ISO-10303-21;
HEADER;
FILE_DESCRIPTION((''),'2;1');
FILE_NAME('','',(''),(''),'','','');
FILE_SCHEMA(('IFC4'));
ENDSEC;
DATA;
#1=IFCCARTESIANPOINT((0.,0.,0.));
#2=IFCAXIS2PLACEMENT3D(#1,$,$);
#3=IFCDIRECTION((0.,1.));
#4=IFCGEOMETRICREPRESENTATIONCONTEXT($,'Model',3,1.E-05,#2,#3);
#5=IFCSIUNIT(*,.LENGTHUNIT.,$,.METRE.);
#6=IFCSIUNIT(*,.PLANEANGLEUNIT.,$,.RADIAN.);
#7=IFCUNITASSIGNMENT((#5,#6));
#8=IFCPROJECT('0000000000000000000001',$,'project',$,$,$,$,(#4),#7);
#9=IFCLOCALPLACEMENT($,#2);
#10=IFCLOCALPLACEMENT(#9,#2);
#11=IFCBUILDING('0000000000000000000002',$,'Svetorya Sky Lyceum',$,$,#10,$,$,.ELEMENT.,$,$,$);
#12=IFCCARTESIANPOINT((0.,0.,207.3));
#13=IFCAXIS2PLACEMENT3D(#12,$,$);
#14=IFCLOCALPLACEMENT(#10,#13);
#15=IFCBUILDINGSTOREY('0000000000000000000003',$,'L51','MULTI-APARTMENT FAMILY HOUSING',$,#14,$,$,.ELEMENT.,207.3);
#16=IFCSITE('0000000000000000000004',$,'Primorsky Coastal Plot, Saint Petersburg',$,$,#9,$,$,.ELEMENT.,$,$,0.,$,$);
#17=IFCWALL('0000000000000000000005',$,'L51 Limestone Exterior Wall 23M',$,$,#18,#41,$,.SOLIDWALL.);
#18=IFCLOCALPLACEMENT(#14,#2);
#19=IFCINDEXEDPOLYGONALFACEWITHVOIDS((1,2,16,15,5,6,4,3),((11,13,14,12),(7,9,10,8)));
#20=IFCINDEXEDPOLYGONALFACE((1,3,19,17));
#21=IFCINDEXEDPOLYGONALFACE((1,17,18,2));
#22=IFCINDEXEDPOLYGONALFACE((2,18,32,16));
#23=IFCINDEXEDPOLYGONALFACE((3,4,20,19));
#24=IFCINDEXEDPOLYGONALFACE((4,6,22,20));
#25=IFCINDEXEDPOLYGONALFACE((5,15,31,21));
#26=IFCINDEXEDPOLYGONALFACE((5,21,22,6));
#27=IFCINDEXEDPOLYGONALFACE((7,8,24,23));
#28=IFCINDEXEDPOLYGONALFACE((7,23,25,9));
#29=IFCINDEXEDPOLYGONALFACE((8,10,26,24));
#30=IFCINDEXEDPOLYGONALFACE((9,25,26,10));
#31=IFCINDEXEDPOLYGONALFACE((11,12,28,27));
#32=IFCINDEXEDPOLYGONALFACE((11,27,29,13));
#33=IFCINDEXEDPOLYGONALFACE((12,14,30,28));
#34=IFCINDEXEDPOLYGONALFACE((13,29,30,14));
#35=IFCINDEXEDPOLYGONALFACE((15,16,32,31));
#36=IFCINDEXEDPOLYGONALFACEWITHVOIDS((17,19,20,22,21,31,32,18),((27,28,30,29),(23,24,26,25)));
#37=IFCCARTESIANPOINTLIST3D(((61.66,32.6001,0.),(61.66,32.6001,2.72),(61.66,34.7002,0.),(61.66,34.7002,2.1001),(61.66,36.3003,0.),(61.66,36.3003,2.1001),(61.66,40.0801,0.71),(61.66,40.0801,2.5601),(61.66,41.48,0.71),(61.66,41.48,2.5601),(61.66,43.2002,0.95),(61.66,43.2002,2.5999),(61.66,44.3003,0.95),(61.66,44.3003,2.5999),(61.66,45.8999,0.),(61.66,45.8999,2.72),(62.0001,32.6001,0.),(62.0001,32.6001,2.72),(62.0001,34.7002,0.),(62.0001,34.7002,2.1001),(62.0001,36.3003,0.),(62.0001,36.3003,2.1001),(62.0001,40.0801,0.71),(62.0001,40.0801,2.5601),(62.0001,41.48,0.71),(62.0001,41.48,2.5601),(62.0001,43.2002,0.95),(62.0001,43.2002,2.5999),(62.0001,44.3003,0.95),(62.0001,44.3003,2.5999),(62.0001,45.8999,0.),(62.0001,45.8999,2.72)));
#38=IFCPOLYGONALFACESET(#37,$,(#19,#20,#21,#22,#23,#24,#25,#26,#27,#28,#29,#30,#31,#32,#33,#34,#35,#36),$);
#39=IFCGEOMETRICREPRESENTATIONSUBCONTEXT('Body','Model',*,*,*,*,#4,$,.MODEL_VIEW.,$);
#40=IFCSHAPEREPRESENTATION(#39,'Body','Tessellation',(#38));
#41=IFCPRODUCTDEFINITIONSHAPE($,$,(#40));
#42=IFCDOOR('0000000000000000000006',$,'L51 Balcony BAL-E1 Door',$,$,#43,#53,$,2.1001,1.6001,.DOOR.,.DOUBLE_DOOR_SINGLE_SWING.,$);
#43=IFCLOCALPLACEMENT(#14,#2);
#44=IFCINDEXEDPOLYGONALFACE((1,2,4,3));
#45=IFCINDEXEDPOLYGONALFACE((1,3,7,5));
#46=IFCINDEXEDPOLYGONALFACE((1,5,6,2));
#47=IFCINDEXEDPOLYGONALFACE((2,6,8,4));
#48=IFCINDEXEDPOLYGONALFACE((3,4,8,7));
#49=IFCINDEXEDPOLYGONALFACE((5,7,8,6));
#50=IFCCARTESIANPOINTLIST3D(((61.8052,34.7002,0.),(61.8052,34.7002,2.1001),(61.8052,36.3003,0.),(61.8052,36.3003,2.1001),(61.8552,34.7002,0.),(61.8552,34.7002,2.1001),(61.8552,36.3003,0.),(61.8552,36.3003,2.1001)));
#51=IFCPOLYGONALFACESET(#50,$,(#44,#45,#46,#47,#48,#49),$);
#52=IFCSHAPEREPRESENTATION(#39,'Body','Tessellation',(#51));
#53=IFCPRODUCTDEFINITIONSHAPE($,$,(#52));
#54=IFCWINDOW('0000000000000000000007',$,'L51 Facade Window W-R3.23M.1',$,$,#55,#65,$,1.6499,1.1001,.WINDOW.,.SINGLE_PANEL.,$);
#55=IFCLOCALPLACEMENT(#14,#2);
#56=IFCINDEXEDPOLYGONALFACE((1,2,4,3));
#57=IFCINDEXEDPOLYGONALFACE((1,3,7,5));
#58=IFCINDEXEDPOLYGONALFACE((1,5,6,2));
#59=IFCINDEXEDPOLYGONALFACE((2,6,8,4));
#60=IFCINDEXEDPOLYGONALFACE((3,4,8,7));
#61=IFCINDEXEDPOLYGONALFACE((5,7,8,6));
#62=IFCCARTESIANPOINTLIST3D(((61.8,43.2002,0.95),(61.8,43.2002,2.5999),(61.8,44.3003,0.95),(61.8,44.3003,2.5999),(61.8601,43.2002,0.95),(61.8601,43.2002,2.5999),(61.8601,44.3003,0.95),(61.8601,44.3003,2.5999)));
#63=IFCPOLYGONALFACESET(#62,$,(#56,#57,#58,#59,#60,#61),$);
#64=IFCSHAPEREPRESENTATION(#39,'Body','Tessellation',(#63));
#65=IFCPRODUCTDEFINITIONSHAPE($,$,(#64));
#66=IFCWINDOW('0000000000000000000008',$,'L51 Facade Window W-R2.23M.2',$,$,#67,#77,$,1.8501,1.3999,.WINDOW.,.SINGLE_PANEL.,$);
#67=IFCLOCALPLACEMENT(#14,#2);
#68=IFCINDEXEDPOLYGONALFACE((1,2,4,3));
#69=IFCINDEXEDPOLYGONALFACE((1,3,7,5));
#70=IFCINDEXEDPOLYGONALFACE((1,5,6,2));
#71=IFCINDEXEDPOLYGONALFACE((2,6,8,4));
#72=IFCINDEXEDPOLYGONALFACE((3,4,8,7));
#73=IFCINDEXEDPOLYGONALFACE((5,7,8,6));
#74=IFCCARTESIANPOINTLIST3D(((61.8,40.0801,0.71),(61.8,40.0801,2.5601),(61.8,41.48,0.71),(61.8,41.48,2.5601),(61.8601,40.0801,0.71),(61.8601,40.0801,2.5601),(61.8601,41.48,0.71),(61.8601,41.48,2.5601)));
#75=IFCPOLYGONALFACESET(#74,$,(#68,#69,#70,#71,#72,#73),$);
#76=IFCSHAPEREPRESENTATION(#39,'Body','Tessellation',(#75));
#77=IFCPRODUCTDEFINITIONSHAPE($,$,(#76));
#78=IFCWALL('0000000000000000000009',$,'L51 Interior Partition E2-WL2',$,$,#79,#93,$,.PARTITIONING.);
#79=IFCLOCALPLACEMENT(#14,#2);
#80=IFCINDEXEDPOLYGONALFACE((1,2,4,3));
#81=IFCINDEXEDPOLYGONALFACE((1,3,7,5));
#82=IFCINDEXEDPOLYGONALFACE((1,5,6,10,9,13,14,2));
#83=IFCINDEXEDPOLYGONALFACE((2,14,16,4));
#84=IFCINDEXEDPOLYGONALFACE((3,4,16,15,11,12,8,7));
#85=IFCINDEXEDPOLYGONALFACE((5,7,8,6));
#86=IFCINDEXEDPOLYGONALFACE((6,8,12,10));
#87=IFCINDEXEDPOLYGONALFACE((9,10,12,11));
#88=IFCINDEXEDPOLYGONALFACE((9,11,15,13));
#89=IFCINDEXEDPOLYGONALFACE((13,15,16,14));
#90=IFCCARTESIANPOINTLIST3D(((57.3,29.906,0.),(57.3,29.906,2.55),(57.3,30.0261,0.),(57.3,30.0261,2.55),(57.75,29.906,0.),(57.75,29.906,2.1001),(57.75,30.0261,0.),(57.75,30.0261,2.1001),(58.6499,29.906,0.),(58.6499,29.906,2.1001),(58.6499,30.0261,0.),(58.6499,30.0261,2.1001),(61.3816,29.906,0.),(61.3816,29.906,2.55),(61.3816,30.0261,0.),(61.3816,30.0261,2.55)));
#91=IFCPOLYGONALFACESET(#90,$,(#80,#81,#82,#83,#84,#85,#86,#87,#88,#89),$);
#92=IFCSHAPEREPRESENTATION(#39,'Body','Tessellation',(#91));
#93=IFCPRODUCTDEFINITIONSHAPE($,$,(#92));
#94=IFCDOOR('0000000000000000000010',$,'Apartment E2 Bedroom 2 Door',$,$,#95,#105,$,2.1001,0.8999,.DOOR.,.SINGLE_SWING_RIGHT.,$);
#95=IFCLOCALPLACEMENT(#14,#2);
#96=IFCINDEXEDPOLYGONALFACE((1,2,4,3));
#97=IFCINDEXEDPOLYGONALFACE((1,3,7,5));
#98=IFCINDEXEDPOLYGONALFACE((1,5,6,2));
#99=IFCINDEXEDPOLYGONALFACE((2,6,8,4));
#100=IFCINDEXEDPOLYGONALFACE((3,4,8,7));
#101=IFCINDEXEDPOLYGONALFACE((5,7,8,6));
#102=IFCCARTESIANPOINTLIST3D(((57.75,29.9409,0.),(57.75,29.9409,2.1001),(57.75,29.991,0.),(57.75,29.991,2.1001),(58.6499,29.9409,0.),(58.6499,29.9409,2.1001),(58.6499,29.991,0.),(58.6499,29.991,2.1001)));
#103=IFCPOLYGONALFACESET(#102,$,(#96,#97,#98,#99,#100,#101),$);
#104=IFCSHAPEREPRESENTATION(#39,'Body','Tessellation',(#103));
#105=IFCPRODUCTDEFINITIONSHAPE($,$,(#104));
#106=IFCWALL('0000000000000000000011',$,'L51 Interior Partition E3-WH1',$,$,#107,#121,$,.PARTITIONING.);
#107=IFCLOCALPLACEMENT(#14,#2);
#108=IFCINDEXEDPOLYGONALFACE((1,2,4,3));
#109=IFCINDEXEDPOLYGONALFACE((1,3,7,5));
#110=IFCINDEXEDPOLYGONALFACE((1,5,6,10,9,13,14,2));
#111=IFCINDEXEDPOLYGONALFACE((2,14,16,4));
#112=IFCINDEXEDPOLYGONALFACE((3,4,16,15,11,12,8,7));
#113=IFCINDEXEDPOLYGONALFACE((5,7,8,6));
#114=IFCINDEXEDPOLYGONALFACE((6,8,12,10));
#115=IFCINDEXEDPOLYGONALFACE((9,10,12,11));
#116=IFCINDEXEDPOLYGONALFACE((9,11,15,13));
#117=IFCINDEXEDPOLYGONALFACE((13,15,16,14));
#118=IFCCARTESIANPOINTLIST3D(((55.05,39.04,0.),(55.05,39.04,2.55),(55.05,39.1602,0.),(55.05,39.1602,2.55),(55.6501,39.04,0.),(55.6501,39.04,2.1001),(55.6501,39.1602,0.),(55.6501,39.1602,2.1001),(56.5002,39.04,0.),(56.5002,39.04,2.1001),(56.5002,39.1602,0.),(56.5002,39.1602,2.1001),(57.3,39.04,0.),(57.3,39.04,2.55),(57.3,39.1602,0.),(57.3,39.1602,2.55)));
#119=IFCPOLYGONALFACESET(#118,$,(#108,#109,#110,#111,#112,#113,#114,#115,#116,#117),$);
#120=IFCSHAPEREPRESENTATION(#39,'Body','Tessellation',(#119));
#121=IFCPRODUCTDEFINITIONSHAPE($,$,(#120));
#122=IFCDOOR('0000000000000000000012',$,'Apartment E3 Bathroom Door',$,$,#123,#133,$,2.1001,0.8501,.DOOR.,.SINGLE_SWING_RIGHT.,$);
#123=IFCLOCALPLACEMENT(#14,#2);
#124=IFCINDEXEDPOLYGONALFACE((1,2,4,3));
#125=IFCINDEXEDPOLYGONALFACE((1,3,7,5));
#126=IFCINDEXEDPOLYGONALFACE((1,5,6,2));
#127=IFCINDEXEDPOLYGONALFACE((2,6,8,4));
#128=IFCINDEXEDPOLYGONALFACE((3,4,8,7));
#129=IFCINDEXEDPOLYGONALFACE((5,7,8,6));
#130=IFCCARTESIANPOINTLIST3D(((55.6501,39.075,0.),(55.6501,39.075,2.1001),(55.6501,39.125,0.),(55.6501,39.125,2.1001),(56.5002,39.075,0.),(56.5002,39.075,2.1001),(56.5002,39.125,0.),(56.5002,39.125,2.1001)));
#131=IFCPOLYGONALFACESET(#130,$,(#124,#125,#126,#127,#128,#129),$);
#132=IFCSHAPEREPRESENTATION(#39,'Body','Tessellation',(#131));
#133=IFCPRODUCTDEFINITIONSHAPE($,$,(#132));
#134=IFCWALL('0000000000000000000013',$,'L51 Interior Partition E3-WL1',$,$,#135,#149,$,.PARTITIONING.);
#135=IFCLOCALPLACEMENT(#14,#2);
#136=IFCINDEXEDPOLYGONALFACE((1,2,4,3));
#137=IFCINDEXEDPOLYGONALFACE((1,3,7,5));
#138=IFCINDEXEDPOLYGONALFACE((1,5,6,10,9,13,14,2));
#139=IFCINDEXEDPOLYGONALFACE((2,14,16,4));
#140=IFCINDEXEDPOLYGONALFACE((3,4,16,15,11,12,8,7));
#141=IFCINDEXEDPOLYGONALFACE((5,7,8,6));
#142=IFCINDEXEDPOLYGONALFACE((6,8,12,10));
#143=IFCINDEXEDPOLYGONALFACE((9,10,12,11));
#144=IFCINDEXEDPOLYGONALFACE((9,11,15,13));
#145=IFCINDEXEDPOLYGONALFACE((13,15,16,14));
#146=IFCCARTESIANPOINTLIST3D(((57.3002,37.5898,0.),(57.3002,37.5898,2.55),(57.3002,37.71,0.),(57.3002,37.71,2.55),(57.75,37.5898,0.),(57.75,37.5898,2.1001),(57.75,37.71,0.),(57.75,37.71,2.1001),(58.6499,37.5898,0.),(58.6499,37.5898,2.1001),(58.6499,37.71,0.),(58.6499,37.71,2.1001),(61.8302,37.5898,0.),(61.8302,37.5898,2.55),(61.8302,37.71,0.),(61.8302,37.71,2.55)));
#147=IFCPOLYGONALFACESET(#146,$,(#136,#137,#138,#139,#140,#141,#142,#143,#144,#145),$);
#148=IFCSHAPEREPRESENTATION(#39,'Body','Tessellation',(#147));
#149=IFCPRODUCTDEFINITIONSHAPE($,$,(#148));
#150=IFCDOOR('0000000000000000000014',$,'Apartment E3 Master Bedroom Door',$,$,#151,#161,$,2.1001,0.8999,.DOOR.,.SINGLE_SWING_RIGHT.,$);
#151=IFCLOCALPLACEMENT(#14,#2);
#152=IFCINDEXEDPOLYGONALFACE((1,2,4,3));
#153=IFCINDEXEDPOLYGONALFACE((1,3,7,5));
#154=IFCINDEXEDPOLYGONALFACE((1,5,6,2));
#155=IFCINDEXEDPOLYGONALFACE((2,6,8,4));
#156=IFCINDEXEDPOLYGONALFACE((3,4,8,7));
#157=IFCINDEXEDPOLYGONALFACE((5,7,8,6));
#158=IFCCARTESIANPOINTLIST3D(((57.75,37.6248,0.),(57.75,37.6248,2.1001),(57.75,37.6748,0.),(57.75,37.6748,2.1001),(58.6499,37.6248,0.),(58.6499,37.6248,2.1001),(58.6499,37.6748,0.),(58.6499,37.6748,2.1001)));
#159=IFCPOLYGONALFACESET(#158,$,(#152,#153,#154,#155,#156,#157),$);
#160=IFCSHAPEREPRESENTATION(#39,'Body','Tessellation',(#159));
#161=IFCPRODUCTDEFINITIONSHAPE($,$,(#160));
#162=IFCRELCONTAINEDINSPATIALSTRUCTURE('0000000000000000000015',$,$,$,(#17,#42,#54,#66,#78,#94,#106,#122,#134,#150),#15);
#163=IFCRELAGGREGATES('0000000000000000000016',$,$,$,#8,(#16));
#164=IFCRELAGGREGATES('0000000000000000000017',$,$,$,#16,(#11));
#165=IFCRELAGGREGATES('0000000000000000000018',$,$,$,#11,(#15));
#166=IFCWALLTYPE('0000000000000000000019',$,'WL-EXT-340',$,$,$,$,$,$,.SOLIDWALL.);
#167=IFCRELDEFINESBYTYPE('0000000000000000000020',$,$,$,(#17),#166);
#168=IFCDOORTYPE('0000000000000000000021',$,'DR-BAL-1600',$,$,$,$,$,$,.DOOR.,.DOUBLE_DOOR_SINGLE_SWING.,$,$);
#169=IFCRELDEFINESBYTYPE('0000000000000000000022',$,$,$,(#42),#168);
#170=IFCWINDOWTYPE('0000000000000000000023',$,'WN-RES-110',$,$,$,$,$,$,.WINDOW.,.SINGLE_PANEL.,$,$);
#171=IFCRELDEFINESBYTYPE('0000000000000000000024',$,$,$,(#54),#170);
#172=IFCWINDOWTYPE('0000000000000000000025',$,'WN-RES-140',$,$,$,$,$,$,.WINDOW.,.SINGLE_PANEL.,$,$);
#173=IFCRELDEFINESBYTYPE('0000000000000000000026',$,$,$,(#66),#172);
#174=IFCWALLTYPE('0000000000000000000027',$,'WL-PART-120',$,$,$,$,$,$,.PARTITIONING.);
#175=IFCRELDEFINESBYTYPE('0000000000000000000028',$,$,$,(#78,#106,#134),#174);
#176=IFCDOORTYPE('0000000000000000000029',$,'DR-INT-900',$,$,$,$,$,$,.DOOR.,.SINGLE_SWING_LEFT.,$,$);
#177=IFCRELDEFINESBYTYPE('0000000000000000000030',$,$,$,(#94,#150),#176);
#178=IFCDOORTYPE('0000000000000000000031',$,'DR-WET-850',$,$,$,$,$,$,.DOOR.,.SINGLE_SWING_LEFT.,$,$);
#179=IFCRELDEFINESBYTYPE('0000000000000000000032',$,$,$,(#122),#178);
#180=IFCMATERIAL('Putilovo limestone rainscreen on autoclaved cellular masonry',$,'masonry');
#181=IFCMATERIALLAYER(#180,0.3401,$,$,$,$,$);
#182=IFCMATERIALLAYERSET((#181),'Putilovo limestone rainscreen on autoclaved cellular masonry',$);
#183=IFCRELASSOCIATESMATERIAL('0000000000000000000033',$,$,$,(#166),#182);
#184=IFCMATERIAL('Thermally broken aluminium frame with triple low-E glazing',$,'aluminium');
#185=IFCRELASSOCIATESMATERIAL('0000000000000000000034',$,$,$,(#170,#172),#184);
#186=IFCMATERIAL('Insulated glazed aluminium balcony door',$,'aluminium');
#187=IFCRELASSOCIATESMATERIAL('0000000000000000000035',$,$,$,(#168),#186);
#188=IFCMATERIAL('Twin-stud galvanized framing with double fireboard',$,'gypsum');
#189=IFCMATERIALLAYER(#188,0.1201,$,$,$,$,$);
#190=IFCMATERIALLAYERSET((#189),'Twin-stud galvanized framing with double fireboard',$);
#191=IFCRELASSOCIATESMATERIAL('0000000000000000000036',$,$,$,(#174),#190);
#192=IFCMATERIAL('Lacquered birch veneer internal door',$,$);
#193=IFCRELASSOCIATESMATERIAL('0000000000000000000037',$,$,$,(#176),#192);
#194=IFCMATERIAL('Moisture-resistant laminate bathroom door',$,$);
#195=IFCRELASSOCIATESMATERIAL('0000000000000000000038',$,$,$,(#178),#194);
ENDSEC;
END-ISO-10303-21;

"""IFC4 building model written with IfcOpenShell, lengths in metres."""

from ifc_helpers import new_model, si_unit, direction, frame, frame_2d, origin, place, context, subcontext, project, spatial, rectangle, extrude, material, layer, layer_set, type_object, element, fill, save


model = new_model("IFC4")

# Units and contexts
model_context = context("Model", 3, precision=1e-05, world=origin(), true_north=direction((0.0, 1.0)))
body_context = subcontext(model_context, "Body", "Model", "MODEL_VIEW")
ifc_project = project(units=[si_unit("LENGTHUNIT", "METRE"), si_unit("PLANEANGLEUNIT", "RADIAN")], contexts=[model_context])

# Site, building, storey
site_placement = place(None, origin())
site = spatial("IfcSite", under=ifc_project, at=site_placement, Name="Primorsky Coastal Plot, Saint Petersburg", CompositionType="ELEMENT", RefElevation=0.0)
building_placement = place(site_placement, origin())
building = spatial("IfcBuilding", under=site, at=building_placement, Name="Svetorya Sky Lyceum", CompositionType="ELEMENT")
storey_placement = place(building_placement, frame((0.0, 0.0, 207.3)))
storey = spatial("IfcBuildingStorey", under=building, at=storey_placement, Name="L51", Description="MULTI-APARTMENT FAMILY HOUSING", CompositionType="ELEMENT", Elevation=207.3)

# Shared definitions
ifc_material_1 = material(Name="Putilovo limestone rainscreen on autoclaved cellular masonry", Category="masonry")
ifc_layer_1 = layer(ifc_material_1, 0.3401)
ifc_layer_set_1 = layer_set([ifc_layer_1], Name="Putilovo limestone rainscreen on autoclaved cellular masonry")
wall_type_1 = type_object("IfcWallType", Name="WL-EXT-340", PredefinedType="SOLIDWALL", material=ifc_layer_set_1)

# Shared definitions
ifc_material_2 = material(Name="Thermally broken aluminium frame with triple low-E glazing", Category="aluminium")
window_type_1 = type_object("IfcWindowType", Name="WN-RES-110", PartitioningType="SINGLE_PANEL", PredefinedType="WINDOW", material=ifc_material_2)

# Wall, openings, door, windows
wall_1_placement = place(storey_placement, frame((61.8301, 32.6001, 0.0), z_axis=(0.0, 0.0, 1.0), x_axis=(0.0, 1.0, 0.0)))
wall_1 = element("IfcWall", 1, at=wall_1_placement, inside=storey, type_object=wall_type_1, Name="L51 Limestone Exterior Wall 23M", PredefinedType="SOLIDWALL", context=body_context, shape_type="SweptSolid", body=[
    extrude(rectangle(XDim=13.2998, YDim=0.3401, at=frame_2d((6.6499, 0.0))), origin(), (0.0, 0.0, 1.0), 2.72),
])
opening_1_placement = place(wall_1_placement, frame((2.1001, 0.0, 0.0)))
opening_1 = element("IfcOpeningElement", 2, at=opening_1_placement, cuts=wall_1, PredefinedType="OPENING", context=body_context, shape_type="SweptSolid", body=[
    extrude(rectangle(XDim=1.6001, YDim=2.1001, at=frame_2d((0.8, 1.05))), frame((0.0, 0.1799, 0.0), z_axis=(0.0, -1.0, 0.0), x_axis=(1.0, 0.0, 0.0)), (0.0, 0.0, 1.0), 0.3601),
])
opening_2_placement = place(wall_1_placement, frame((7.48, 0.0, 0.71)))
opening_2 = element("IfcOpeningElement", 3, at=opening_2_placement, cuts=wall_1, PredefinedType="OPENING", context=body_context, shape_type="SweptSolid", body=[
    extrude(rectangle(XDim=1.3999, YDim=1.8501, at=frame_2d((0.7, 0.925))), frame((0.0, 0.1799, 0.0), z_axis=(0.0, -1.0, 0.0), x_axis=(1.0, 0.0, 0.0)), (0.0, 0.0, 1.0), 0.3601),
])
opening_3_placement = place(wall_1_placement, frame((10.6001, 0.0, 0.95)))
opening_3 = element("IfcOpeningElement", 4, at=opening_3_placement, cuts=wall_1, PredefinedType="OPENING", context=body_context, shape_type="SweptSolid", body=[
    extrude(rectangle(XDim=1.1001, YDim=1.6499, at=frame_2d((0.55, 0.825))), frame((0.0, 0.1799, 0.0), z_axis=(0.0, -1.0, 0.0), x_axis=(1.0, 0.0, 0.0)), (0.0, 0.0, 1.0), 0.3601),
])
ifc_material_3 = material(Name="Insulated glazed aluminium balcony door", Category="aluminium")
door_type_1 = type_object("IfcDoorType", Name="DR-BAL-1600", OperationType="DOUBLE_DOOR_SINGLE_SWING", PredefinedType="DOOR", material=ifc_material_3)
door_1_placement = place(opening_1_placement, origin())
door_1 = element("IfcDoor", 5, at=door_1_placement, inside=storey, type_object=door_type_1, Name="L51 Balcony BAL-E1 Door", OperationType="DOUBLE_DOOR_SINGLE_SWING", OverallHeight=2.1001, OverallWidth=1.6001, PredefinedType="DOOR", context=body_context, shape_type="SweptSolid", body=[
    extrude(rectangle(XDim=1.6001, YDim=2.1001, at=frame_2d((0.8, 1.05))), frame((0.0, 0.0249, 0.0), z_axis=(0.0, -1.0, 0.0), x_axis=(1.0, 0.0, 0.0)), (0.0, 0.0, 1.0), 0.05),
])
fill(opening_1, door_1)
window_1_placement = place(opening_3_placement, origin())
window_1 = element("IfcWindow", 6, at=window_1_placement, inside=storey, type_object=window_type_1, Name="L51 Facade Window W-R3.23M.1", OverallHeight=1.6499, OverallWidth=1.1001, PartitioningType="SINGLE_PANEL", PredefinedType="WINDOW", context=body_context, shape_type="SweptSolid", body=[
    extrude(rectangle(XDim=1.1001, YDim=1.6499, at=frame_2d((0.55, 0.825))), frame((0.0, 0.03, 0.0), z_axis=(0.0, -1.0, 0.0), x_axis=(1.0, 0.0, 0.0)), (0.0, 0.0, 1.0), 0.0601),
])
fill(opening_3, window_1)
window_type_2 = type_object("IfcWindowType", Name="WN-RES-140", PartitioningType="SINGLE_PANEL", PredefinedType="WINDOW", material=ifc_material_2)
window_2_placement = place(opening_2_placement, origin())
window_2 = element("IfcWindow", 7, at=window_2_placement, inside=storey, type_object=window_type_2, Name="L51 Facade Window W-R2.23M.2", OverallHeight=1.8501, OverallWidth=1.3999, PartitioningType="SINGLE_PANEL", PredefinedType="WINDOW", context=body_context, shape_type="SweptSolid", body=[
    extrude(rectangle(XDim=1.3999, YDim=1.8501, at=frame_2d((0.7, 0.925))), frame((0.0, 0.03, 0.0), z_axis=(0.0, -1.0, 0.0), x_axis=(1.0, 0.0, 0.0)), (0.0, 0.0, 1.0), 0.0601),
])
fill(opening_2, window_2)

# Walls, openings, doors
ifc_material_4 = material(Name="Twin-stud galvanized framing with double fireboard", Category="gypsum")
ifc_layer_2 = layer(ifc_material_4, 0.1201)
ifc_layer_set_2 = layer_set([ifc_layer_2], Name="Twin-stud galvanized framing with double fireboard")
wall_type_2 = type_object("IfcWallType", Name="WL-PART-120", PredefinedType="PARTITIONING", material=ifc_layer_set_2)
wall_2_placement = place(storey_placement, frame((57.3, 29.9661, 0.0), z_axis=(0.0, 0.0, 1.0), x_axis=(1.0, 0.0, 0.0)))
wall_2 = element("IfcWall", 8, at=wall_2_placement, inside=storey, type_object=wall_type_2, Name="L51 Interior Partition E2-WL2", PredefinedType="PARTITIONING", context=body_context, shape_type="SweptSolid", body=[
    extrude(rectangle(XDim=4.0815, YDim=0.1201, at=frame_2d((2.0408, 0.0))), origin(), (0.0, 0.0, 1.0), 2.55),
])
opening_4_placement = place(wall_2_placement, frame((0.45, 0.0, 0.0)))
opening_4 = element("IfcOpeningElement", 9, at=opening_4_placement, cuts=wall_2, PredefinedType="OPENING", context=body_context, shape_type="SweptSolid", body=[
    extrude(rectangle(XDim=0.8999, YDim=2.1001, at=frame_2d((0.45, 1.05))), frame((0.0, 0.0701, 0.0), z_axis=(0.0, -1.0, 0.0), x_axis=(1.0, 0.0, 0.0)), (0.0, 0.0, 1.0), 0.1401),
])
ifc_material_5 = material(Name="Lacquered birch veneer internal door")
door_type_2 = type_object("IfcDoorType", Name="DR-INT-900", OperationType="SINGLE_SWING_LEFT", PredefinedType="DOOR", material=ifc_material_5)
door_2_placement = place(opening_4_placement, origin())
door_2 = element("IfcDoor", 10, at=door_2_placement, inside=storey, type_object=door_type_2, Name="Apartment E2 Bedroom 2 Door", OperationType="SINGLE_SWING_RIGHT", OverallHeight=2.1001, OverallWidth=0.8999, PredefinedType="DOOR", context=body_context, shape_type="SweptSolid", body=[
    extrude(rectangle(XDim=0.8999, YDim=2.1001, at=frame_2d((0.45, 1.05))), frame((0.0, 0.0249, 0.0), z_axis=(0.0, -1.0, 0.0), x_axis=(1.0, 0.0, 0.0)), (0.0, 0.0, 1.0), 0.05),
])
fill(opening_4, door_2)
wall_3_placement = place(storey_placement, frame((55.05, 39.1001, 0.0), z_axis=(0.0, 0.0, 1.0), x_axis=(1.0, 0.0, 0.0)))
wall_3 = element("IfcWall", 11, at=wall_3_placement, inside=storey, type_object=wall_type_2, Name="L51 Interior Partition E3-WH1", PredefinedType="PARTITIONING", context=body_context, shape_type="SweptSolid", body=[
    extrude(rectangle(XDim=2.25, YDim=0.1201, at=frame_2d((1.125, 0.0))), origin(), (0.0, 0.0, 1.0), 2.55),
])
opening_5_placement = place(wall_3_placement, frame((0.6001, 0.0, 0.0)))
opening_5 = element("IfcOpeningElement", 12, at=opening_5_placement, cuts=wall_3, PredefinedType="OPENING", context=body_context, shape_type="SweptSolid", body=[
    extrude(rectangle(XDim=0.8501, YDim=2.1001, at=frame_2d((0.425, 1.05))), frame((0.0, 0.0701, 0.0), z_axis=(0.0, -1.0, 0.0), x_axis=(1.0, 0.0, 0.0)), (0.0, 0.0, 1.0), 0.1401),
])
ifc_material_6 = material(Name="Moisture-resistant laminate bathroom door")
door_type_3 = type_object("IfcDoorType", Name="DR-WET-850", OperationType="SINGLE_SWING_LEFT", PredefinedType="DOOR", material=ifc_material_6)
door_3_placement = place(opening_5_placement, origin())
door_3 = element("IfcDoor", 13, at=door_3_placement, inside=storey, type_object=door_type_3, Name="Apartment E3 Bathroom Door", OperationType="SINGLE_SWING_RIGHT", OverallHeight=2.1001, OverallWidth=0.8501, PredefinedType="DOOR", context=body_context, shape_type="SweptSolid", body=[
    extrude(rectangle(XDim=0.8501, YDim=2.1001, at=frame_2d((0.425, 1.05))), frame((0.0, 0.0249, 0.0), z_axis=(0.0, -1.0, 0.0), x_axis=(1.0, 0.0, 0.0)), (0.0, 0.0, 1.0), 0.05),
])
fill(opening_5, door_3)
wall_4_placement = place(storey_placement, frame((57.3, 37.6499, 0.0), z_axis=(0.0, 0.0, 1.0), x_axis=(1.0, 0.0, 0.0)))
wall_4 = element("IfcWall", 14, at=wall_4_placement, inside=storey, type_object=wall_type_2, Name="L51 Interior Partition E3-WL1", PredefinedType="PARTITIONING", context=body_context, shape_type="SweptSolid", body=[
    extrude(rectangle(XDim=4.53, YDim=0.1201, at=frame_2d((2.2651, 0.0))), origin(), (0.0, 0.0, 1.0), 2.55),
])
opening_6_placement = place(wall_4_placement, frame((0.45, 0.0, 0.0)))
opening_6 = element("IfcOpeningElement", 15, at=opening_6_placement, cuts=wall_4, PredefinedType="OPENING", context=body_context, shape_type="SweptSolid", body=[
    extrude(rectangle(XDim=0.8999, YDim=2.1001, at=frame_2d((0.45, 1.05))), frame((0.0, 0.0701, 0.0), z_axis=(0.0, -1.0, 0.0), x_axis=(1.0, 0.0, 0.0)), (0.0, 0.0, 1.0), 0.1401),
])
door_4_placement = place(opening_6_placement, origin())
door_4 = element("IfcDoor", 16, at=door_4_placement, inside=storey, type_object=door_type_2, Name="Apartment E3 Master Bedroom Door", OperationType="SINGLE_SWING_RIGHT", OverallHeight=2.1001, OverallWidth=0.8999, PredefinedType="DOOR", context=body_context, shape_type="SweptSolid", body=[
    extrude(rectangle(XDim=0.8999, YDim=2.1001, at=frame_2d((0.45, 1.05))), frame((0.0, 0.0249, 0.0), z_axis=(0.0, -1.0, 0.0), x_axis=(1.0, 0.0, 0.0)), (0.0, 0.0, 1.0), 0.05),
])
fill(opening_6, door_4)

save(model, "model.ifc")
